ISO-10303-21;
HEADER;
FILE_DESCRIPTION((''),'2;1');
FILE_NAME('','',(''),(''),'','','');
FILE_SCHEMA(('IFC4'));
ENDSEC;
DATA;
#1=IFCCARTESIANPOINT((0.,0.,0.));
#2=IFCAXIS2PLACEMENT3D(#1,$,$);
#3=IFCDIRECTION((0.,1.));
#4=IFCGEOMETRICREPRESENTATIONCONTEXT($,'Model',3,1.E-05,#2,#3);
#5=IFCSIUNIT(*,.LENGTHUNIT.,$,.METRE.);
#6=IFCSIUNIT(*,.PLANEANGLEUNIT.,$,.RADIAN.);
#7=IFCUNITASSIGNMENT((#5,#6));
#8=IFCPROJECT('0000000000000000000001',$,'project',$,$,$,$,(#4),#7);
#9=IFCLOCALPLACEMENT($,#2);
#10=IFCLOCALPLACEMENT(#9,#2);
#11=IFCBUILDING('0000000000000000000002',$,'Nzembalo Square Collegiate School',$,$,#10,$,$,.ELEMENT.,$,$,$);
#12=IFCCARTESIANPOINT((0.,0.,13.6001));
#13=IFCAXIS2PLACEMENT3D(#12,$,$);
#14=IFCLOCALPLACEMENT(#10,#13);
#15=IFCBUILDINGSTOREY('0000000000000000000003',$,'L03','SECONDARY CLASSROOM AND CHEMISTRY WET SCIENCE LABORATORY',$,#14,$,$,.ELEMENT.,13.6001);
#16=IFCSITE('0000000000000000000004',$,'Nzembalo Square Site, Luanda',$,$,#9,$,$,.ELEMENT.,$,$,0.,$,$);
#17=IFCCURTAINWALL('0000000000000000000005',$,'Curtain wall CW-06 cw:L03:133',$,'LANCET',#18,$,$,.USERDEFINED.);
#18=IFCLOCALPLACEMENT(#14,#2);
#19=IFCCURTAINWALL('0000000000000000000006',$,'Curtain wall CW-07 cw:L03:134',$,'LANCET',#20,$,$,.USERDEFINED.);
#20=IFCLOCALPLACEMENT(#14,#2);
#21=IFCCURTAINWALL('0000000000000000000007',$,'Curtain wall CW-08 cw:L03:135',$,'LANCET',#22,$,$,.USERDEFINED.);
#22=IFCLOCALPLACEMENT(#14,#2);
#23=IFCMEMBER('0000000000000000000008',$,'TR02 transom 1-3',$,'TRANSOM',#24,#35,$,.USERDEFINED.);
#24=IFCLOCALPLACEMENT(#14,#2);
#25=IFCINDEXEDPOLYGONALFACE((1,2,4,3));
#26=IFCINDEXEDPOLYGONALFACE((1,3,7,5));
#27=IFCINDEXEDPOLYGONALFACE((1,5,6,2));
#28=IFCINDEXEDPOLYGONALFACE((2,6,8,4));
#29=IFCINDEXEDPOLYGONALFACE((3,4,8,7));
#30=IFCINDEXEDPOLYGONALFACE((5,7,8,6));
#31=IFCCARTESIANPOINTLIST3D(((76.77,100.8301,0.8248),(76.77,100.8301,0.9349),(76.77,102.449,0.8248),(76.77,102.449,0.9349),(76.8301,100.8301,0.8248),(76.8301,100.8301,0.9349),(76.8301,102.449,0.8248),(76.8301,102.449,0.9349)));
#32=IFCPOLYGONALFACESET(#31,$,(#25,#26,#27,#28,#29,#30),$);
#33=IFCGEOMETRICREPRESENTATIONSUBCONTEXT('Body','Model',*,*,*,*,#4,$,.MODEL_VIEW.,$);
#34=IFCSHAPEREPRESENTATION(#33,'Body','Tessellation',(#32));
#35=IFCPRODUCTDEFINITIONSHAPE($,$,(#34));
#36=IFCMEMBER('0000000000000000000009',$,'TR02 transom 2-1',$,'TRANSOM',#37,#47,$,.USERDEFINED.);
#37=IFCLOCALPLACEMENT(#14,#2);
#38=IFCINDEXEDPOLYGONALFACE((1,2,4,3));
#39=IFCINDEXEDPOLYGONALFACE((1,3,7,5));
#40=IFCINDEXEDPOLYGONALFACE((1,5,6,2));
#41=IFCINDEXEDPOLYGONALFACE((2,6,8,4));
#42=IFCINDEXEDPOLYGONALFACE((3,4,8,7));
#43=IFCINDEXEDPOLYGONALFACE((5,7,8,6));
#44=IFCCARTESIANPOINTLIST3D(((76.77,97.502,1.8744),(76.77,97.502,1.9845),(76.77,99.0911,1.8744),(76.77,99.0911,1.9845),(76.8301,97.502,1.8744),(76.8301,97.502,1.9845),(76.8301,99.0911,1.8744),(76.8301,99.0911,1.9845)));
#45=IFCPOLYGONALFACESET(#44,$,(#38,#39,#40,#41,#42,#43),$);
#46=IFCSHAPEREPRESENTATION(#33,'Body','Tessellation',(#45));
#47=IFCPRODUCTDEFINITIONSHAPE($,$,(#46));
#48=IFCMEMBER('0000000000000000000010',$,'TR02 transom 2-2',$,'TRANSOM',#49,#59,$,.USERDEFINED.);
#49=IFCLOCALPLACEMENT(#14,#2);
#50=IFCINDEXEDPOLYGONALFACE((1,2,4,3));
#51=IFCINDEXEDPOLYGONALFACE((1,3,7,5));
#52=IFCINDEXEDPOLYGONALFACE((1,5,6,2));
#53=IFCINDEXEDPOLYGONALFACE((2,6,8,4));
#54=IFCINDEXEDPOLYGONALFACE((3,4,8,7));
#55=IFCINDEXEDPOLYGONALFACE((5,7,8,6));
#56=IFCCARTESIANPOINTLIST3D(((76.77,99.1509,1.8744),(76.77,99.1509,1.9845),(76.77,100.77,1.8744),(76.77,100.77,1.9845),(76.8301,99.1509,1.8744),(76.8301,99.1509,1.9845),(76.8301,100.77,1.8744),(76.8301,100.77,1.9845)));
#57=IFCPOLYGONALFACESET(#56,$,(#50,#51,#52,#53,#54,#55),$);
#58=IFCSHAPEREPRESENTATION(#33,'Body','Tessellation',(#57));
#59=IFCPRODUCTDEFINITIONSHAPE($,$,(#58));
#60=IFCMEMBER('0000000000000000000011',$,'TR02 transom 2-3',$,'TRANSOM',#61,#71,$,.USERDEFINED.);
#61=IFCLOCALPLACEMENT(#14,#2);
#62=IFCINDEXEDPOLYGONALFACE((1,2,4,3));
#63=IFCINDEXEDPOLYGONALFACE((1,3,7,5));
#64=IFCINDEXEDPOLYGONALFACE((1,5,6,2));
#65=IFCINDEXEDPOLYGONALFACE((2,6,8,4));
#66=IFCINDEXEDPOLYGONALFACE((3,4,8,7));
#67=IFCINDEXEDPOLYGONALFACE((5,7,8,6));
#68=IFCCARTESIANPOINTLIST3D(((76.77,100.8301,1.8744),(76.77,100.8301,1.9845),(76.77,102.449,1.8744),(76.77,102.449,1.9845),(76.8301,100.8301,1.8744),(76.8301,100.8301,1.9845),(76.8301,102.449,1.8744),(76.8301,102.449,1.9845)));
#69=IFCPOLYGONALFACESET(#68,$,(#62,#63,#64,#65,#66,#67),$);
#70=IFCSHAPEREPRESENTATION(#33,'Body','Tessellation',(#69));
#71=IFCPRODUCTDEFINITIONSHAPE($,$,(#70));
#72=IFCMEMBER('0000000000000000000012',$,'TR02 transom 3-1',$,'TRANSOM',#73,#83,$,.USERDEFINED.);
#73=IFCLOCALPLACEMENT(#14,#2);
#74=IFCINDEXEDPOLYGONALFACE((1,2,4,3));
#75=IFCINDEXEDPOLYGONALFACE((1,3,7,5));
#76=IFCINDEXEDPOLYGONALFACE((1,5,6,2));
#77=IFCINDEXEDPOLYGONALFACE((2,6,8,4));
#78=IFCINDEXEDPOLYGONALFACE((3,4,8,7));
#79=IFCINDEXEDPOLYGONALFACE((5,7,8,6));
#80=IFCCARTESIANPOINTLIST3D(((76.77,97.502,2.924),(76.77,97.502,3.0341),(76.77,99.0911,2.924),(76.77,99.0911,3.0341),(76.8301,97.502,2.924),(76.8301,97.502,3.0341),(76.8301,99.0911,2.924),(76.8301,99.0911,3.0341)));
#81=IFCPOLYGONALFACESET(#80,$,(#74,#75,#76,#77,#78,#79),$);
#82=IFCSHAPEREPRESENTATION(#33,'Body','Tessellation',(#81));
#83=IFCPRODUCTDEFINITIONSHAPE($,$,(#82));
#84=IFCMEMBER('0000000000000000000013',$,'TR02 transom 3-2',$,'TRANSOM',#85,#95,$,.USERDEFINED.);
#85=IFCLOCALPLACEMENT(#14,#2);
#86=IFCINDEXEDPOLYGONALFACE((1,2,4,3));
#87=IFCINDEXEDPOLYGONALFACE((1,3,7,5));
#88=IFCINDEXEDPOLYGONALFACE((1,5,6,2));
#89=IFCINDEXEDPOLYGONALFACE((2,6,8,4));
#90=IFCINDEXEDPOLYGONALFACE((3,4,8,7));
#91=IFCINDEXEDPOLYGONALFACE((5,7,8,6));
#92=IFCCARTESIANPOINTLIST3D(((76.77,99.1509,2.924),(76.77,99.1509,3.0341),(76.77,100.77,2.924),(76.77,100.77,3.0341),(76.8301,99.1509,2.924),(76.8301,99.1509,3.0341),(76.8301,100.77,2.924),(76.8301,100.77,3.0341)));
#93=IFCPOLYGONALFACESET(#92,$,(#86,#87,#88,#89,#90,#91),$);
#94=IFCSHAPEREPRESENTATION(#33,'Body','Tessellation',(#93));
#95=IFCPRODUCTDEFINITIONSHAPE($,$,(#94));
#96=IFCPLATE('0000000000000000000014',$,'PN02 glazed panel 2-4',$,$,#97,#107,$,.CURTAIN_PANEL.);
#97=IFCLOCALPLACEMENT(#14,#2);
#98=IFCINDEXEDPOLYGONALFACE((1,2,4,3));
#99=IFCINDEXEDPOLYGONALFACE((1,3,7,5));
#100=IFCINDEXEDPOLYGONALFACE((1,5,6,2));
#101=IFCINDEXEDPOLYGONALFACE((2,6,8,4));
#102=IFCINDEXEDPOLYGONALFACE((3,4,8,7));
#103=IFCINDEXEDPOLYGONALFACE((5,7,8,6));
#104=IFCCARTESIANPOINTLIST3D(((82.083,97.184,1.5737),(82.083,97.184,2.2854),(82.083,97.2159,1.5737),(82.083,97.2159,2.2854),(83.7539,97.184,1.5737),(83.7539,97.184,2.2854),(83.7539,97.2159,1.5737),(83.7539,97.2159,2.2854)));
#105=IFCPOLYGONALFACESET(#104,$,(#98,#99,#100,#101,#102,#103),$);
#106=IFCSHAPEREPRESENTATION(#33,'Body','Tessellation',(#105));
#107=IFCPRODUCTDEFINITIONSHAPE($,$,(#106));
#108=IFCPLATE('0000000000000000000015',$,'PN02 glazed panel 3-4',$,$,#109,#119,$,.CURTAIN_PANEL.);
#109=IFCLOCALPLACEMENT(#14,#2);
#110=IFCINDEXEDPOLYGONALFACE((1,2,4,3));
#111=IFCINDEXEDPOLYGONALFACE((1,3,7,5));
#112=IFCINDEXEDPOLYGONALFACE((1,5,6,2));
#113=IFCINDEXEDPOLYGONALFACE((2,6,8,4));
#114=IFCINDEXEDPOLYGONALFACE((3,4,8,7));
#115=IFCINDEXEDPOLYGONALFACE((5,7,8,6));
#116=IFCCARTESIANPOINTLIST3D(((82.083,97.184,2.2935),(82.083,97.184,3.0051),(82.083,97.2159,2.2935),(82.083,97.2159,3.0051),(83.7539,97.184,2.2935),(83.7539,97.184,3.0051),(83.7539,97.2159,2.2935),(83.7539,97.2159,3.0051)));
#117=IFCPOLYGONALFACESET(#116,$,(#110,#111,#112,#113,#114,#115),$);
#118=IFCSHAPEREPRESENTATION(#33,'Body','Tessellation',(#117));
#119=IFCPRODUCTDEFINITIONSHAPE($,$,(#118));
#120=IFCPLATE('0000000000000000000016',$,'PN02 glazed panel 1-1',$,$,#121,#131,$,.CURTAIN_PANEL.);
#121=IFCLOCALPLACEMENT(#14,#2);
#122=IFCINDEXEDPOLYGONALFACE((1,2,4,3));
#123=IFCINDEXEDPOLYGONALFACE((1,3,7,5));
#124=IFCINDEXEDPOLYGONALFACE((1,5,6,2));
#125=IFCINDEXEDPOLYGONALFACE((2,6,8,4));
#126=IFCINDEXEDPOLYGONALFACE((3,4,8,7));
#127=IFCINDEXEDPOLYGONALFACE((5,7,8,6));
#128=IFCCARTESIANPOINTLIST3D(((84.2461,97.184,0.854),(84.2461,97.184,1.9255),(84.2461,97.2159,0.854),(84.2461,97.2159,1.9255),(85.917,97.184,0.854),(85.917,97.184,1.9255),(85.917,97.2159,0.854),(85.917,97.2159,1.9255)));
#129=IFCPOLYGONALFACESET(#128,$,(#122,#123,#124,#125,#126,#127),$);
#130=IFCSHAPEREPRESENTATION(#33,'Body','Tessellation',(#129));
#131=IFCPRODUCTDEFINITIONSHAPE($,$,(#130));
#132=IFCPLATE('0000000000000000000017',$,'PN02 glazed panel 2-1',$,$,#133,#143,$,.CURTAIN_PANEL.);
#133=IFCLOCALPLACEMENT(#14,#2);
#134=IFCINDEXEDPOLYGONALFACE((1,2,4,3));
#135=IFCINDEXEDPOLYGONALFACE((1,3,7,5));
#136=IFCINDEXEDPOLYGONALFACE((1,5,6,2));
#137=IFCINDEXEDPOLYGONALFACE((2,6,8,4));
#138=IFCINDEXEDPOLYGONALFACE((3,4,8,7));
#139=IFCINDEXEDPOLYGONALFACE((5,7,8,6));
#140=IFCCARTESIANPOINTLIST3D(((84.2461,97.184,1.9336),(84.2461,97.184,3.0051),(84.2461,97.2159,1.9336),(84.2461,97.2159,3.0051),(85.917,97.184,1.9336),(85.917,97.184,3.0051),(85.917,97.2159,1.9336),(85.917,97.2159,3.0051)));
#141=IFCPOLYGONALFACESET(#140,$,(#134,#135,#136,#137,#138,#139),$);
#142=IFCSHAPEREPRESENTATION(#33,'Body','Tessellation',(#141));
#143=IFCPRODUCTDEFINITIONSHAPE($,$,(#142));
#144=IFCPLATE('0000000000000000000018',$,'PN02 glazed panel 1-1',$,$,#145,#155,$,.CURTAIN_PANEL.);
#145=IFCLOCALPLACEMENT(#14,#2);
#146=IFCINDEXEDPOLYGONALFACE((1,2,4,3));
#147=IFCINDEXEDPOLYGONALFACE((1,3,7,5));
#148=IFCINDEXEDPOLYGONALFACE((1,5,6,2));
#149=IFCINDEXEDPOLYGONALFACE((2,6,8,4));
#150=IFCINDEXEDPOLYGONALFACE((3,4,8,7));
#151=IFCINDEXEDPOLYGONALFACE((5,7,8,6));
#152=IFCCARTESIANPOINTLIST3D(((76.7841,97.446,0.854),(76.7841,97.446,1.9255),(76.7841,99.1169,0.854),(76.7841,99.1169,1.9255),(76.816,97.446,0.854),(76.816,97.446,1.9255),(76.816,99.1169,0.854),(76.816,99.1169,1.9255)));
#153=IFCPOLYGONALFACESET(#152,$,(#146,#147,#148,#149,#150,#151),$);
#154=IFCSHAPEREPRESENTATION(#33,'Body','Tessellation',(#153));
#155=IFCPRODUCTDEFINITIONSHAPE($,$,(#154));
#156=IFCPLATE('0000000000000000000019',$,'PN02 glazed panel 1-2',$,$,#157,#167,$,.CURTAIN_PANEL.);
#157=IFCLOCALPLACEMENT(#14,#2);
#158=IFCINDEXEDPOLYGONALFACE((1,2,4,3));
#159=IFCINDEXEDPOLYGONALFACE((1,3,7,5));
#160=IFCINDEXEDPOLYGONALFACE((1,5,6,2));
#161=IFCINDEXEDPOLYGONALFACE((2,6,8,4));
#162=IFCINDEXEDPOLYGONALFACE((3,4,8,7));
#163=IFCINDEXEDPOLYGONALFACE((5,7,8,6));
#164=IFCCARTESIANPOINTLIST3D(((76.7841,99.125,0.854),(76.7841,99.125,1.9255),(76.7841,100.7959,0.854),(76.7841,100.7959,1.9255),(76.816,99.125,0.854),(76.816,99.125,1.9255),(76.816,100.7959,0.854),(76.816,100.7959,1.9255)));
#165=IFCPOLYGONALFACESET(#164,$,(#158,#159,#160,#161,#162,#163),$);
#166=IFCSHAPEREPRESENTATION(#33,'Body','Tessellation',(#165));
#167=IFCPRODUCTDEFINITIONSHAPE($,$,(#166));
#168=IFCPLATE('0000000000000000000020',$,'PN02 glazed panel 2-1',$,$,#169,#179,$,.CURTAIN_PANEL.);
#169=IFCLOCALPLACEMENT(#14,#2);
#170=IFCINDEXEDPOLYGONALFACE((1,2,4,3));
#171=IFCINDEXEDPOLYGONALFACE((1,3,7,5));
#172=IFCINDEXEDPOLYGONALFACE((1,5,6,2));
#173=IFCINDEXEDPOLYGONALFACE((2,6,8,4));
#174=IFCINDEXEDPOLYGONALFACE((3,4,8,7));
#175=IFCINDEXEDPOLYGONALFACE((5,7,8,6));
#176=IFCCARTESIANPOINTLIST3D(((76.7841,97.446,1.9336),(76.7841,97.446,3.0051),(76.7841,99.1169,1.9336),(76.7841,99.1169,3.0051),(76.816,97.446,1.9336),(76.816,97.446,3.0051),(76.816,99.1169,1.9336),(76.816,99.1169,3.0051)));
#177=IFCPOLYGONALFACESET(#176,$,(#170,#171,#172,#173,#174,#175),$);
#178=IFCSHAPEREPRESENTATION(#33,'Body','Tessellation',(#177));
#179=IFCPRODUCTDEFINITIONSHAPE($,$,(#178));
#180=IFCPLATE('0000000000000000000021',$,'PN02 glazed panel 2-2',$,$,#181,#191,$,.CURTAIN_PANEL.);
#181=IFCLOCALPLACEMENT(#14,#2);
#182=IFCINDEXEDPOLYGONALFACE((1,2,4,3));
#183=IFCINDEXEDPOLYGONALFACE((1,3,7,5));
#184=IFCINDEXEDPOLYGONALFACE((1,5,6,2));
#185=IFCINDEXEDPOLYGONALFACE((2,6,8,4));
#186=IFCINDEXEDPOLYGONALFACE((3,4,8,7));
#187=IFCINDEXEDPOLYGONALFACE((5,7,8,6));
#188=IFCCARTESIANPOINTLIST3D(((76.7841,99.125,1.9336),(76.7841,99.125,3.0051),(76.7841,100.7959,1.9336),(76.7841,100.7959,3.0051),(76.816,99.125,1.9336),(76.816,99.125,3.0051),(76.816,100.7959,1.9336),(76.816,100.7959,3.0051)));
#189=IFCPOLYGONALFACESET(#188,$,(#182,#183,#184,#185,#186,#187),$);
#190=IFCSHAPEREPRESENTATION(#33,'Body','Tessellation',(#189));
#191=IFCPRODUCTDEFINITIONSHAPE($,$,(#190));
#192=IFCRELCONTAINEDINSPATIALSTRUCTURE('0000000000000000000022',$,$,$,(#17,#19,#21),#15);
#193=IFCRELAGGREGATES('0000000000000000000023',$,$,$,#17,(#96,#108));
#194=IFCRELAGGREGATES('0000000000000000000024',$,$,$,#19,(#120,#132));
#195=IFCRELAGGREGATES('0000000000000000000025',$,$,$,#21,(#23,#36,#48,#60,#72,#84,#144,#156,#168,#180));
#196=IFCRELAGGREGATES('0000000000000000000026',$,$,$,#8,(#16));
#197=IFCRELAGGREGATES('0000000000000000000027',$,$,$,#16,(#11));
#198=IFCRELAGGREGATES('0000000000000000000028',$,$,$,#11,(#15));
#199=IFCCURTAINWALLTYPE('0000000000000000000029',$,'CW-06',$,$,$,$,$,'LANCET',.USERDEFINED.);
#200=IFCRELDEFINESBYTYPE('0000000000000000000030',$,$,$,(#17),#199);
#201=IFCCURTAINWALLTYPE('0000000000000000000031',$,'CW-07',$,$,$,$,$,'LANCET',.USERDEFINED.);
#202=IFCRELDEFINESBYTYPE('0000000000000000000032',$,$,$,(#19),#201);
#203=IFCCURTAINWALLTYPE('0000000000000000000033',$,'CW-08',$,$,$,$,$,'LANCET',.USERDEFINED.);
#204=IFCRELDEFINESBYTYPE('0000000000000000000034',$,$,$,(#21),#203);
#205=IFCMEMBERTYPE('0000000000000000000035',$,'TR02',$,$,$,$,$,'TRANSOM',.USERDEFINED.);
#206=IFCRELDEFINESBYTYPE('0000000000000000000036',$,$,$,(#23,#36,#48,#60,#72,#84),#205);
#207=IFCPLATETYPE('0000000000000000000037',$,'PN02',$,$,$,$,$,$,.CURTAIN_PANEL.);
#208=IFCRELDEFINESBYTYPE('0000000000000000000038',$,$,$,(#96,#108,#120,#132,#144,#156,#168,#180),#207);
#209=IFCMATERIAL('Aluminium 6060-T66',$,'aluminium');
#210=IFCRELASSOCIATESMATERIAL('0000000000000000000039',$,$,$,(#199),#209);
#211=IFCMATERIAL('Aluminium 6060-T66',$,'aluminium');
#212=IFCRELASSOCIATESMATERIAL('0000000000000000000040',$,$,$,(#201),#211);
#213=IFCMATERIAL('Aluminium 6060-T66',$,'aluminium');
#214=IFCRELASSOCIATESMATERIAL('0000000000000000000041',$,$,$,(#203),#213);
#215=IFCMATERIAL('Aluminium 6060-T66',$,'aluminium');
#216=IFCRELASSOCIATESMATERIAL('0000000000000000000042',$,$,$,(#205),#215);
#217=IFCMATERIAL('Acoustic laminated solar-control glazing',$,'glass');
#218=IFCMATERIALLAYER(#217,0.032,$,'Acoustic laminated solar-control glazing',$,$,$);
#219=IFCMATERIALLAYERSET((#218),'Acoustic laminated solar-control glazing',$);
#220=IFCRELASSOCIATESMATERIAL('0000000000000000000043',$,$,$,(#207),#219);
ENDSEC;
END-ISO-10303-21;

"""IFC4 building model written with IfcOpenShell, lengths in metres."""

from ifc_helpers import new_model, si_unit, direction, frame, origin, origin_2d, place, context, subcontext, project, spatial, rectangle, extrude, material, layer, layer_set, material_profile, profile_set, type_object, element, aggregate, save


model = new_model("IFC4")

# Units and contexts
model_context = context("Model", 3, precision=1e-05, world=origin(), true_north=direction((0.0, 1.0)))
body_context = subcontext(model_context, "Body", "Model", "MODEL_VIEW")
ifc_project = project(units=[si_unit("LENGTHUNIT", "METRE"), si_unit("PLANEANGLEUNIT", "RADIAN")], contexts=[model_context])

# Site, building, storey
site_placement = place(None, origin())
site = spatial("IfcSite", under=ifc_project, at=site_placement, Name="Nzembalo Square Site, Luanda", CompositionType="ELEMENT", RefElevation=0.0)
building_placement = place(site_placement, origin())
building = spatial("IfcBuilding", under=site, at=building_placement, Name="Nzembalo Square Collegiate School", CompositionType="ELEMENT")
storey_placement = place(building_placement, frame((0.0, 0.0, 13.6001)))
storey = spatial("IfcBuildingStorey", under=building, at=storey_placement, Name="L03", Description="SECONDARY CLASSROOM AND CHEMISTRY WET SCIENCE LABORATORY", CompositionType="ELEMENT", Elevation=13.6001)

# Curtain walls
ifc_material_1 = material(Name="Aluminium 6060-T66", Category="aluminium")
curtain_wall_type_1 = type_object("IfcCurtainWallType", Name="CW-06", ElementType="LANCET", PredefinedType="USERDEFINED", material=ifc_material_1)
curtain_wall_1_placement = place(storey_placement, origin())
curtain_wall_1 = element("IfcCurtainWall", 1, at=curtain_wall_1_placement, inside=storey, type_object=curtain_wall_type_1, Name="Curtain wall CW-06 cw:L03:133", ObjectType="LANCET", PredefinedType="USERDEFINED")
ifc_material_2 = material(Name="Aluminium 6060-T66", Category="aluminium")
curtain_wall_type_2 = type_object("IfcCurtainWallType", Name="CW-07", ElementType="LANCET", PredefinedType="USERDEFINED", material=ifc_material_2)
curtain_wall_2_placement = place(storey_placement, origin())
curtain_wall_2 = element("IfcCurtainWall", 2, at=curtain_wall_2_placement, inside=storey, type_object=curtain_wall_type_2, Name="Curtain wall CW-07 cw:L03:134", ObjectType="LANCET", PredefinedType="USERDEFINED")

# Curtain wall
ifc_material_3 = material(Name="Aluminium 6060-T66", Category="aluminium")
curtain_wall_type_3 = type_object("IfcCurtainWallType", Name="CW-08", ElementType="LANCET", PredefinedType="USERDEFINED", material=ifc_material_3)
curtain_wall_3_placement = place(storey_placement, origin())
curtain_wall_3 = element("IfcCurtainWall", 3, at=curtain_wall_3_placement, inside=storey, type_object=curtain_wall_type_3, Name="Curtain wall CW-08 cw:L03:135", ObjectType="LANCET", PredefinedType="USERDEFINED")

# Members
ifc_material_4 = material(Name="Aluminium 6060-T66", Category="aluminium")
ifc_material_profile_1 = material_profile(ifc_material_4, rectangle(XDim=0.0601, YDim=0.1101, at=origin_2d()), Name="ALU T60x110")
ifc_profile_set_1 = profile_set([ifc_material_profile_1], Name="Aluminium 6060-T66")
member_type_1 = type_object("IfcMemberType", Name="TR02", ElementType="TRANSOM", PredefinedType="USERDEFINED", material=ifc_profile_set_1)
member_1_placement = place(storey_placement, frame((76.8, 100.8301, 0.8799), z_axis=(0.0, 1.0, 0.0), x_axis=(-1.0, 0.0, 0.0)))
member_1 = element("IfcMember", 4, at=member_1_placement, type_object=member_type_1, Name="TR02 transom 1-3", ObjectType="TRANSOM", PredefinedType="USERDEFINED", context=body_context, shape_type="SweptSolid", body=[
    extrude(rectangle(XDim=0.0601, YDim=0.1101, at=origin_2d()), origin(), (0.0, 0.0, 1.0), 1.6189),
])
member_2_placement = place(storey_placement, frame((76.8, 97.502, 1.9294), z_axis=(0.0, 1.0, 0.0), x_axis=(-1.0, 0.0, 0.0)))
member_2 = element("IfcMember", 5, at=member_2_placement, type_object=member_type_1, Name="TR02 transom 2-1", ObjectType="TRANSOM", PredefinedType="USERDEFINED", context=body_context, shape_type="SweptSolid", body=[
    extrude(rectangle(XDim=0.0601, YDim=0.1101, at=origin_2d()), origin(), (0.0, 0.0, 1.0), 1.5891),
])
member_3_placement = place(storey_placement, frame((76.8, 99.1509, 1.9294), z_axis=(0.0, 1.0, 0.0), x_axis=(-1.0, 0.0, 0.0)))
member_3 = element("IfcMember", 6, at=member_3_placement, type_object=member_type_1, Name="TR02 transom 2-2", ObjectType="TRANSOM", PredefinedType="USERDEFINED", context=body_context, shape_type="SweptSolid", body=[
    extrude(rectangle(XDim=0.0601, YDim=0.1101, at=origin_2d()), origin(), (0.0, 0.0, 1.0), 1.6191),
])
member_4_placement = place(storey_placement, frame((76.8, 100.8301, 1.9294), z_axis=(0.0, 1.0, 0.0), x_axis=(-1.0, 0.0, 0.0)))
member_4 = element("IfcMember", 7, at=member_4_placement, type_object=member_type_1, Name="TR02 transom 2-3", ObjectType="TRANSOM", PredefinedType="USERDEFINED", context=body_context, shape_type="SweptSolid", body=[
    extrude(rectangle(XDim=0.0601, YDim=0.1101, at=origin_2d()), origin(), (0.0, 0.0, 1.0), 1.6189),
])
member_5_placement = place(storey_placement, frame((76.8, 97.502, 2.979), z_axis=(0.0, 1.0, 0.0), x_axis=(-1.0, 0.0, 0.0)))
member_5 = element("IfcMember", 8, at=member_5_placement, type_object=member_type_1, Name="TR02 transom 3-1", ObjectType="TRANSOM", PredefinedType="USERDEFINED", context=body_context, shape_type="SweptSolid", body=[
    extrude(rectangle(XDim=0.0601, YDim=0.1101, at=origin_2d()), origin(), (0.0, 0.0, 1.0), 1.5891),
])
member_6_placement = place(storey_placement, frame((76.8, 99.1509, 2.979), z_axis=(0.0, 1.0, 0.0), x_axis=(-1.0, 0.0, 0.0)))
member_6 = element("IfcMember", 9, at=member_6_placement, type_object=member_type_1, Name="TR02 transom 3-2", ObjectType="TRANSOM", PredefinedType="USERDEFINED", context=body_context, shape_type="SweptSolid", body=[
    extrude(rectangle(XDim=0.0601, YDim=0.1101, at=origin_2d()), origin(), (0.0, 0.0, 1.0), 1.6191),
])

# Plates
ifc_material_5 = material(Name="Acoustic laminated solar-control glazing", Category="glass")
ifc_layer_1 = layer(ifc_material_5, 0.032, Name="Acoustic laminated solar-control glazing")
ifc_layer_set_1 = layer_set([ifc_layer_1], Name="Acoustic laminated solar-control glazing")
plate_type = type_object("IfcPlateType", Name="PN02", PredefinedType="CURTAIN_PANEL", material=ifc_layer_set_1)
plate_1_placement = place(storey_placement, frame((82.9185, 97.2, 1.5737), z_axis=(0.0, 0.0, 1.0), x_axis=(1.0, 0.0, 0.0)))
plate_1 = element("IfcPlate", 10, at=plate_1_placement, type_object=plate_type, Name="PN02 glazed panel 2-4", PredefinedType="CURTAIN_PANEL", context=body_context, shape_type="SweptSolid", body=[
    extrude(rectangle(XDim=1.6709, YDim=0.032, at=origin_2d()), origin(), (0.0, 0.0, 1.0), 0.7117),
])
plate_2_placement = place(storey_placement, frame((82.9185, 97.2, 2.2935), z_axis=(0.0, 0.0, 1.0), x_axis=(1.0, 0.0, 0.0)))
plate_2 = element("IfcPlate", 11, at=plate_2_placement, type_object=plate_type, Name="PN02 glazed panel 3-4", PredefinedType="CURTAIN_PANEL", context=body_context, shape_type="SweptSolid", body=[
    extrude(rectangle(XDim=1.6709, YDim=0.032, at=origin_2d()), origin(), (0.0, 0.0, 1.0), 0.7117),
])
aggregate(curtain_wall_1, [plate_1, plate_2])
plate_3_placement = place(storey_placement, frame((85.0815, 97.2, 0.854), z_axis=(0.0, 0.0, 1.0), x_axis=(1.0, 0.0, 0.0)))
plate_3 = element("IfcPlate", 12, at=plate_3_placement, type_object=plate_type, Name="PN02 glazed panel 1-1", PredefinedType="CURTAIN_PANEL", context=body_context, shape_type="SweptSolid", body=[
    extrude(rectangle(XDim=1.6709, YDim=0.032, at=origin_2d()), origin(), (0.0, 0.0, 1.0), 1.0715),
])
plate_4_placement = place(storey_placement, frame((85.0815, 97.2, 1.9336), z_axis=(0.0, 0.0, 1.0), x_axis=(1.0, 0.0, 0.0)))
plate_4 = element("IfcPlate", 13, at=plate_4_placement, type_object=plate_type, Name="PN02 glazed panel 2-1", PredefinedType="CURTAIN_PANEL", context=body_context, shape_type="SweptSolid", body=[
    extrude(rectangle(XDim=1.6709, YDim=0.032, at=origin_2d()), origin(), (0.0, 0.0, 1.0), 1.0715),
])
aggregate(curtain_wall_2, [plate_3, plate_4])
plate_5_placement = place(storey_placement, frame((76.8, 98.2815, 0.854), z_axis=(0.0, 0.0, 1.0), x_axis=(0.0, 1.0, 0.0)))
plate_5 = element("IfcPlate", 14, at=plate_5_placement, type_object=plate_type, Name="PN02 glazed panel 1-1", PredefinedType="CURTAIN_PANEL", context=body_context, shape_type="SweptSolid", body=[
    extrude(rectangle(XDim=1.6709, YDim=0.032, at=origin_2d()), origin(), (0.0, 0.0, 1.0), 1.0715),
])
plate_6_placement = place(storey_placement, frame((76.8, 99.9604, 0.854), z_axis=(0.0, 0.0, 1.0), x_axis=(0.0, 1.0, 0.0)))
plate_6 = element("IfcPlate", 15, at=plate_6_placement, type_object=plate_type, Name="PN02 glazed panel 1-2", PredefinedType="CURTAIN_PANEL", context=body_context, shape_type="SweptSolid", body=[
    extrude(rectangle(XDim=1.6709, YDim=0.032, at=origin_2d()), origin(), (0.0, 0.0, 1.0), 1.0715),
])
plate_7_placement = place(storey_placement, frame((76.8, 98.2815, 1.9336), z_axis=(0.0, 0.0, 1.0), x_axis=(0.0, 1.0, 0.0)))
plate_7 = element("IfcPlate", 16, at=plate_7_placement, type_object=plate_type, Name="PN02 glazed panel 2-1", PredefinedType="CURTAIN_PANEL", context=body_context, shape_type="SweptSolid", body=[
    extrude(rectangle(XDim=1.6709, YDim=0.032, at=origin_2d()), origin(), (0.0, 0.0, 1.0), 1.0715),
])
plate_8_placement = place(storey_placement, frame((76.8, 99.9604, 1.9336), z_axis=(0.0, 0.0, 1.0), x_axis=(0.0, 1.0, 0.0)))
plate_8 = element("IfcPlate", 17, at=plate_8_placement, type_object=plate_type, Name="PN02 glazed panel 2-2", PredefinedType="CURTAIN_PANEL", context=body_context, shape_type="SweptSolid", body=[
    extrude(rectangle(XDim=1.6709, YDim=0.032, at=origin_2d()), origin(), (0.0, 0.0, 1.0), 1.0715),
])
aggregate(curtain_wall_3, [member_1, member_2, member_3, member_4, member_5, member_6, plate_5, plate_6, plate_7, plate_8])

save(model, "model.ifc")
